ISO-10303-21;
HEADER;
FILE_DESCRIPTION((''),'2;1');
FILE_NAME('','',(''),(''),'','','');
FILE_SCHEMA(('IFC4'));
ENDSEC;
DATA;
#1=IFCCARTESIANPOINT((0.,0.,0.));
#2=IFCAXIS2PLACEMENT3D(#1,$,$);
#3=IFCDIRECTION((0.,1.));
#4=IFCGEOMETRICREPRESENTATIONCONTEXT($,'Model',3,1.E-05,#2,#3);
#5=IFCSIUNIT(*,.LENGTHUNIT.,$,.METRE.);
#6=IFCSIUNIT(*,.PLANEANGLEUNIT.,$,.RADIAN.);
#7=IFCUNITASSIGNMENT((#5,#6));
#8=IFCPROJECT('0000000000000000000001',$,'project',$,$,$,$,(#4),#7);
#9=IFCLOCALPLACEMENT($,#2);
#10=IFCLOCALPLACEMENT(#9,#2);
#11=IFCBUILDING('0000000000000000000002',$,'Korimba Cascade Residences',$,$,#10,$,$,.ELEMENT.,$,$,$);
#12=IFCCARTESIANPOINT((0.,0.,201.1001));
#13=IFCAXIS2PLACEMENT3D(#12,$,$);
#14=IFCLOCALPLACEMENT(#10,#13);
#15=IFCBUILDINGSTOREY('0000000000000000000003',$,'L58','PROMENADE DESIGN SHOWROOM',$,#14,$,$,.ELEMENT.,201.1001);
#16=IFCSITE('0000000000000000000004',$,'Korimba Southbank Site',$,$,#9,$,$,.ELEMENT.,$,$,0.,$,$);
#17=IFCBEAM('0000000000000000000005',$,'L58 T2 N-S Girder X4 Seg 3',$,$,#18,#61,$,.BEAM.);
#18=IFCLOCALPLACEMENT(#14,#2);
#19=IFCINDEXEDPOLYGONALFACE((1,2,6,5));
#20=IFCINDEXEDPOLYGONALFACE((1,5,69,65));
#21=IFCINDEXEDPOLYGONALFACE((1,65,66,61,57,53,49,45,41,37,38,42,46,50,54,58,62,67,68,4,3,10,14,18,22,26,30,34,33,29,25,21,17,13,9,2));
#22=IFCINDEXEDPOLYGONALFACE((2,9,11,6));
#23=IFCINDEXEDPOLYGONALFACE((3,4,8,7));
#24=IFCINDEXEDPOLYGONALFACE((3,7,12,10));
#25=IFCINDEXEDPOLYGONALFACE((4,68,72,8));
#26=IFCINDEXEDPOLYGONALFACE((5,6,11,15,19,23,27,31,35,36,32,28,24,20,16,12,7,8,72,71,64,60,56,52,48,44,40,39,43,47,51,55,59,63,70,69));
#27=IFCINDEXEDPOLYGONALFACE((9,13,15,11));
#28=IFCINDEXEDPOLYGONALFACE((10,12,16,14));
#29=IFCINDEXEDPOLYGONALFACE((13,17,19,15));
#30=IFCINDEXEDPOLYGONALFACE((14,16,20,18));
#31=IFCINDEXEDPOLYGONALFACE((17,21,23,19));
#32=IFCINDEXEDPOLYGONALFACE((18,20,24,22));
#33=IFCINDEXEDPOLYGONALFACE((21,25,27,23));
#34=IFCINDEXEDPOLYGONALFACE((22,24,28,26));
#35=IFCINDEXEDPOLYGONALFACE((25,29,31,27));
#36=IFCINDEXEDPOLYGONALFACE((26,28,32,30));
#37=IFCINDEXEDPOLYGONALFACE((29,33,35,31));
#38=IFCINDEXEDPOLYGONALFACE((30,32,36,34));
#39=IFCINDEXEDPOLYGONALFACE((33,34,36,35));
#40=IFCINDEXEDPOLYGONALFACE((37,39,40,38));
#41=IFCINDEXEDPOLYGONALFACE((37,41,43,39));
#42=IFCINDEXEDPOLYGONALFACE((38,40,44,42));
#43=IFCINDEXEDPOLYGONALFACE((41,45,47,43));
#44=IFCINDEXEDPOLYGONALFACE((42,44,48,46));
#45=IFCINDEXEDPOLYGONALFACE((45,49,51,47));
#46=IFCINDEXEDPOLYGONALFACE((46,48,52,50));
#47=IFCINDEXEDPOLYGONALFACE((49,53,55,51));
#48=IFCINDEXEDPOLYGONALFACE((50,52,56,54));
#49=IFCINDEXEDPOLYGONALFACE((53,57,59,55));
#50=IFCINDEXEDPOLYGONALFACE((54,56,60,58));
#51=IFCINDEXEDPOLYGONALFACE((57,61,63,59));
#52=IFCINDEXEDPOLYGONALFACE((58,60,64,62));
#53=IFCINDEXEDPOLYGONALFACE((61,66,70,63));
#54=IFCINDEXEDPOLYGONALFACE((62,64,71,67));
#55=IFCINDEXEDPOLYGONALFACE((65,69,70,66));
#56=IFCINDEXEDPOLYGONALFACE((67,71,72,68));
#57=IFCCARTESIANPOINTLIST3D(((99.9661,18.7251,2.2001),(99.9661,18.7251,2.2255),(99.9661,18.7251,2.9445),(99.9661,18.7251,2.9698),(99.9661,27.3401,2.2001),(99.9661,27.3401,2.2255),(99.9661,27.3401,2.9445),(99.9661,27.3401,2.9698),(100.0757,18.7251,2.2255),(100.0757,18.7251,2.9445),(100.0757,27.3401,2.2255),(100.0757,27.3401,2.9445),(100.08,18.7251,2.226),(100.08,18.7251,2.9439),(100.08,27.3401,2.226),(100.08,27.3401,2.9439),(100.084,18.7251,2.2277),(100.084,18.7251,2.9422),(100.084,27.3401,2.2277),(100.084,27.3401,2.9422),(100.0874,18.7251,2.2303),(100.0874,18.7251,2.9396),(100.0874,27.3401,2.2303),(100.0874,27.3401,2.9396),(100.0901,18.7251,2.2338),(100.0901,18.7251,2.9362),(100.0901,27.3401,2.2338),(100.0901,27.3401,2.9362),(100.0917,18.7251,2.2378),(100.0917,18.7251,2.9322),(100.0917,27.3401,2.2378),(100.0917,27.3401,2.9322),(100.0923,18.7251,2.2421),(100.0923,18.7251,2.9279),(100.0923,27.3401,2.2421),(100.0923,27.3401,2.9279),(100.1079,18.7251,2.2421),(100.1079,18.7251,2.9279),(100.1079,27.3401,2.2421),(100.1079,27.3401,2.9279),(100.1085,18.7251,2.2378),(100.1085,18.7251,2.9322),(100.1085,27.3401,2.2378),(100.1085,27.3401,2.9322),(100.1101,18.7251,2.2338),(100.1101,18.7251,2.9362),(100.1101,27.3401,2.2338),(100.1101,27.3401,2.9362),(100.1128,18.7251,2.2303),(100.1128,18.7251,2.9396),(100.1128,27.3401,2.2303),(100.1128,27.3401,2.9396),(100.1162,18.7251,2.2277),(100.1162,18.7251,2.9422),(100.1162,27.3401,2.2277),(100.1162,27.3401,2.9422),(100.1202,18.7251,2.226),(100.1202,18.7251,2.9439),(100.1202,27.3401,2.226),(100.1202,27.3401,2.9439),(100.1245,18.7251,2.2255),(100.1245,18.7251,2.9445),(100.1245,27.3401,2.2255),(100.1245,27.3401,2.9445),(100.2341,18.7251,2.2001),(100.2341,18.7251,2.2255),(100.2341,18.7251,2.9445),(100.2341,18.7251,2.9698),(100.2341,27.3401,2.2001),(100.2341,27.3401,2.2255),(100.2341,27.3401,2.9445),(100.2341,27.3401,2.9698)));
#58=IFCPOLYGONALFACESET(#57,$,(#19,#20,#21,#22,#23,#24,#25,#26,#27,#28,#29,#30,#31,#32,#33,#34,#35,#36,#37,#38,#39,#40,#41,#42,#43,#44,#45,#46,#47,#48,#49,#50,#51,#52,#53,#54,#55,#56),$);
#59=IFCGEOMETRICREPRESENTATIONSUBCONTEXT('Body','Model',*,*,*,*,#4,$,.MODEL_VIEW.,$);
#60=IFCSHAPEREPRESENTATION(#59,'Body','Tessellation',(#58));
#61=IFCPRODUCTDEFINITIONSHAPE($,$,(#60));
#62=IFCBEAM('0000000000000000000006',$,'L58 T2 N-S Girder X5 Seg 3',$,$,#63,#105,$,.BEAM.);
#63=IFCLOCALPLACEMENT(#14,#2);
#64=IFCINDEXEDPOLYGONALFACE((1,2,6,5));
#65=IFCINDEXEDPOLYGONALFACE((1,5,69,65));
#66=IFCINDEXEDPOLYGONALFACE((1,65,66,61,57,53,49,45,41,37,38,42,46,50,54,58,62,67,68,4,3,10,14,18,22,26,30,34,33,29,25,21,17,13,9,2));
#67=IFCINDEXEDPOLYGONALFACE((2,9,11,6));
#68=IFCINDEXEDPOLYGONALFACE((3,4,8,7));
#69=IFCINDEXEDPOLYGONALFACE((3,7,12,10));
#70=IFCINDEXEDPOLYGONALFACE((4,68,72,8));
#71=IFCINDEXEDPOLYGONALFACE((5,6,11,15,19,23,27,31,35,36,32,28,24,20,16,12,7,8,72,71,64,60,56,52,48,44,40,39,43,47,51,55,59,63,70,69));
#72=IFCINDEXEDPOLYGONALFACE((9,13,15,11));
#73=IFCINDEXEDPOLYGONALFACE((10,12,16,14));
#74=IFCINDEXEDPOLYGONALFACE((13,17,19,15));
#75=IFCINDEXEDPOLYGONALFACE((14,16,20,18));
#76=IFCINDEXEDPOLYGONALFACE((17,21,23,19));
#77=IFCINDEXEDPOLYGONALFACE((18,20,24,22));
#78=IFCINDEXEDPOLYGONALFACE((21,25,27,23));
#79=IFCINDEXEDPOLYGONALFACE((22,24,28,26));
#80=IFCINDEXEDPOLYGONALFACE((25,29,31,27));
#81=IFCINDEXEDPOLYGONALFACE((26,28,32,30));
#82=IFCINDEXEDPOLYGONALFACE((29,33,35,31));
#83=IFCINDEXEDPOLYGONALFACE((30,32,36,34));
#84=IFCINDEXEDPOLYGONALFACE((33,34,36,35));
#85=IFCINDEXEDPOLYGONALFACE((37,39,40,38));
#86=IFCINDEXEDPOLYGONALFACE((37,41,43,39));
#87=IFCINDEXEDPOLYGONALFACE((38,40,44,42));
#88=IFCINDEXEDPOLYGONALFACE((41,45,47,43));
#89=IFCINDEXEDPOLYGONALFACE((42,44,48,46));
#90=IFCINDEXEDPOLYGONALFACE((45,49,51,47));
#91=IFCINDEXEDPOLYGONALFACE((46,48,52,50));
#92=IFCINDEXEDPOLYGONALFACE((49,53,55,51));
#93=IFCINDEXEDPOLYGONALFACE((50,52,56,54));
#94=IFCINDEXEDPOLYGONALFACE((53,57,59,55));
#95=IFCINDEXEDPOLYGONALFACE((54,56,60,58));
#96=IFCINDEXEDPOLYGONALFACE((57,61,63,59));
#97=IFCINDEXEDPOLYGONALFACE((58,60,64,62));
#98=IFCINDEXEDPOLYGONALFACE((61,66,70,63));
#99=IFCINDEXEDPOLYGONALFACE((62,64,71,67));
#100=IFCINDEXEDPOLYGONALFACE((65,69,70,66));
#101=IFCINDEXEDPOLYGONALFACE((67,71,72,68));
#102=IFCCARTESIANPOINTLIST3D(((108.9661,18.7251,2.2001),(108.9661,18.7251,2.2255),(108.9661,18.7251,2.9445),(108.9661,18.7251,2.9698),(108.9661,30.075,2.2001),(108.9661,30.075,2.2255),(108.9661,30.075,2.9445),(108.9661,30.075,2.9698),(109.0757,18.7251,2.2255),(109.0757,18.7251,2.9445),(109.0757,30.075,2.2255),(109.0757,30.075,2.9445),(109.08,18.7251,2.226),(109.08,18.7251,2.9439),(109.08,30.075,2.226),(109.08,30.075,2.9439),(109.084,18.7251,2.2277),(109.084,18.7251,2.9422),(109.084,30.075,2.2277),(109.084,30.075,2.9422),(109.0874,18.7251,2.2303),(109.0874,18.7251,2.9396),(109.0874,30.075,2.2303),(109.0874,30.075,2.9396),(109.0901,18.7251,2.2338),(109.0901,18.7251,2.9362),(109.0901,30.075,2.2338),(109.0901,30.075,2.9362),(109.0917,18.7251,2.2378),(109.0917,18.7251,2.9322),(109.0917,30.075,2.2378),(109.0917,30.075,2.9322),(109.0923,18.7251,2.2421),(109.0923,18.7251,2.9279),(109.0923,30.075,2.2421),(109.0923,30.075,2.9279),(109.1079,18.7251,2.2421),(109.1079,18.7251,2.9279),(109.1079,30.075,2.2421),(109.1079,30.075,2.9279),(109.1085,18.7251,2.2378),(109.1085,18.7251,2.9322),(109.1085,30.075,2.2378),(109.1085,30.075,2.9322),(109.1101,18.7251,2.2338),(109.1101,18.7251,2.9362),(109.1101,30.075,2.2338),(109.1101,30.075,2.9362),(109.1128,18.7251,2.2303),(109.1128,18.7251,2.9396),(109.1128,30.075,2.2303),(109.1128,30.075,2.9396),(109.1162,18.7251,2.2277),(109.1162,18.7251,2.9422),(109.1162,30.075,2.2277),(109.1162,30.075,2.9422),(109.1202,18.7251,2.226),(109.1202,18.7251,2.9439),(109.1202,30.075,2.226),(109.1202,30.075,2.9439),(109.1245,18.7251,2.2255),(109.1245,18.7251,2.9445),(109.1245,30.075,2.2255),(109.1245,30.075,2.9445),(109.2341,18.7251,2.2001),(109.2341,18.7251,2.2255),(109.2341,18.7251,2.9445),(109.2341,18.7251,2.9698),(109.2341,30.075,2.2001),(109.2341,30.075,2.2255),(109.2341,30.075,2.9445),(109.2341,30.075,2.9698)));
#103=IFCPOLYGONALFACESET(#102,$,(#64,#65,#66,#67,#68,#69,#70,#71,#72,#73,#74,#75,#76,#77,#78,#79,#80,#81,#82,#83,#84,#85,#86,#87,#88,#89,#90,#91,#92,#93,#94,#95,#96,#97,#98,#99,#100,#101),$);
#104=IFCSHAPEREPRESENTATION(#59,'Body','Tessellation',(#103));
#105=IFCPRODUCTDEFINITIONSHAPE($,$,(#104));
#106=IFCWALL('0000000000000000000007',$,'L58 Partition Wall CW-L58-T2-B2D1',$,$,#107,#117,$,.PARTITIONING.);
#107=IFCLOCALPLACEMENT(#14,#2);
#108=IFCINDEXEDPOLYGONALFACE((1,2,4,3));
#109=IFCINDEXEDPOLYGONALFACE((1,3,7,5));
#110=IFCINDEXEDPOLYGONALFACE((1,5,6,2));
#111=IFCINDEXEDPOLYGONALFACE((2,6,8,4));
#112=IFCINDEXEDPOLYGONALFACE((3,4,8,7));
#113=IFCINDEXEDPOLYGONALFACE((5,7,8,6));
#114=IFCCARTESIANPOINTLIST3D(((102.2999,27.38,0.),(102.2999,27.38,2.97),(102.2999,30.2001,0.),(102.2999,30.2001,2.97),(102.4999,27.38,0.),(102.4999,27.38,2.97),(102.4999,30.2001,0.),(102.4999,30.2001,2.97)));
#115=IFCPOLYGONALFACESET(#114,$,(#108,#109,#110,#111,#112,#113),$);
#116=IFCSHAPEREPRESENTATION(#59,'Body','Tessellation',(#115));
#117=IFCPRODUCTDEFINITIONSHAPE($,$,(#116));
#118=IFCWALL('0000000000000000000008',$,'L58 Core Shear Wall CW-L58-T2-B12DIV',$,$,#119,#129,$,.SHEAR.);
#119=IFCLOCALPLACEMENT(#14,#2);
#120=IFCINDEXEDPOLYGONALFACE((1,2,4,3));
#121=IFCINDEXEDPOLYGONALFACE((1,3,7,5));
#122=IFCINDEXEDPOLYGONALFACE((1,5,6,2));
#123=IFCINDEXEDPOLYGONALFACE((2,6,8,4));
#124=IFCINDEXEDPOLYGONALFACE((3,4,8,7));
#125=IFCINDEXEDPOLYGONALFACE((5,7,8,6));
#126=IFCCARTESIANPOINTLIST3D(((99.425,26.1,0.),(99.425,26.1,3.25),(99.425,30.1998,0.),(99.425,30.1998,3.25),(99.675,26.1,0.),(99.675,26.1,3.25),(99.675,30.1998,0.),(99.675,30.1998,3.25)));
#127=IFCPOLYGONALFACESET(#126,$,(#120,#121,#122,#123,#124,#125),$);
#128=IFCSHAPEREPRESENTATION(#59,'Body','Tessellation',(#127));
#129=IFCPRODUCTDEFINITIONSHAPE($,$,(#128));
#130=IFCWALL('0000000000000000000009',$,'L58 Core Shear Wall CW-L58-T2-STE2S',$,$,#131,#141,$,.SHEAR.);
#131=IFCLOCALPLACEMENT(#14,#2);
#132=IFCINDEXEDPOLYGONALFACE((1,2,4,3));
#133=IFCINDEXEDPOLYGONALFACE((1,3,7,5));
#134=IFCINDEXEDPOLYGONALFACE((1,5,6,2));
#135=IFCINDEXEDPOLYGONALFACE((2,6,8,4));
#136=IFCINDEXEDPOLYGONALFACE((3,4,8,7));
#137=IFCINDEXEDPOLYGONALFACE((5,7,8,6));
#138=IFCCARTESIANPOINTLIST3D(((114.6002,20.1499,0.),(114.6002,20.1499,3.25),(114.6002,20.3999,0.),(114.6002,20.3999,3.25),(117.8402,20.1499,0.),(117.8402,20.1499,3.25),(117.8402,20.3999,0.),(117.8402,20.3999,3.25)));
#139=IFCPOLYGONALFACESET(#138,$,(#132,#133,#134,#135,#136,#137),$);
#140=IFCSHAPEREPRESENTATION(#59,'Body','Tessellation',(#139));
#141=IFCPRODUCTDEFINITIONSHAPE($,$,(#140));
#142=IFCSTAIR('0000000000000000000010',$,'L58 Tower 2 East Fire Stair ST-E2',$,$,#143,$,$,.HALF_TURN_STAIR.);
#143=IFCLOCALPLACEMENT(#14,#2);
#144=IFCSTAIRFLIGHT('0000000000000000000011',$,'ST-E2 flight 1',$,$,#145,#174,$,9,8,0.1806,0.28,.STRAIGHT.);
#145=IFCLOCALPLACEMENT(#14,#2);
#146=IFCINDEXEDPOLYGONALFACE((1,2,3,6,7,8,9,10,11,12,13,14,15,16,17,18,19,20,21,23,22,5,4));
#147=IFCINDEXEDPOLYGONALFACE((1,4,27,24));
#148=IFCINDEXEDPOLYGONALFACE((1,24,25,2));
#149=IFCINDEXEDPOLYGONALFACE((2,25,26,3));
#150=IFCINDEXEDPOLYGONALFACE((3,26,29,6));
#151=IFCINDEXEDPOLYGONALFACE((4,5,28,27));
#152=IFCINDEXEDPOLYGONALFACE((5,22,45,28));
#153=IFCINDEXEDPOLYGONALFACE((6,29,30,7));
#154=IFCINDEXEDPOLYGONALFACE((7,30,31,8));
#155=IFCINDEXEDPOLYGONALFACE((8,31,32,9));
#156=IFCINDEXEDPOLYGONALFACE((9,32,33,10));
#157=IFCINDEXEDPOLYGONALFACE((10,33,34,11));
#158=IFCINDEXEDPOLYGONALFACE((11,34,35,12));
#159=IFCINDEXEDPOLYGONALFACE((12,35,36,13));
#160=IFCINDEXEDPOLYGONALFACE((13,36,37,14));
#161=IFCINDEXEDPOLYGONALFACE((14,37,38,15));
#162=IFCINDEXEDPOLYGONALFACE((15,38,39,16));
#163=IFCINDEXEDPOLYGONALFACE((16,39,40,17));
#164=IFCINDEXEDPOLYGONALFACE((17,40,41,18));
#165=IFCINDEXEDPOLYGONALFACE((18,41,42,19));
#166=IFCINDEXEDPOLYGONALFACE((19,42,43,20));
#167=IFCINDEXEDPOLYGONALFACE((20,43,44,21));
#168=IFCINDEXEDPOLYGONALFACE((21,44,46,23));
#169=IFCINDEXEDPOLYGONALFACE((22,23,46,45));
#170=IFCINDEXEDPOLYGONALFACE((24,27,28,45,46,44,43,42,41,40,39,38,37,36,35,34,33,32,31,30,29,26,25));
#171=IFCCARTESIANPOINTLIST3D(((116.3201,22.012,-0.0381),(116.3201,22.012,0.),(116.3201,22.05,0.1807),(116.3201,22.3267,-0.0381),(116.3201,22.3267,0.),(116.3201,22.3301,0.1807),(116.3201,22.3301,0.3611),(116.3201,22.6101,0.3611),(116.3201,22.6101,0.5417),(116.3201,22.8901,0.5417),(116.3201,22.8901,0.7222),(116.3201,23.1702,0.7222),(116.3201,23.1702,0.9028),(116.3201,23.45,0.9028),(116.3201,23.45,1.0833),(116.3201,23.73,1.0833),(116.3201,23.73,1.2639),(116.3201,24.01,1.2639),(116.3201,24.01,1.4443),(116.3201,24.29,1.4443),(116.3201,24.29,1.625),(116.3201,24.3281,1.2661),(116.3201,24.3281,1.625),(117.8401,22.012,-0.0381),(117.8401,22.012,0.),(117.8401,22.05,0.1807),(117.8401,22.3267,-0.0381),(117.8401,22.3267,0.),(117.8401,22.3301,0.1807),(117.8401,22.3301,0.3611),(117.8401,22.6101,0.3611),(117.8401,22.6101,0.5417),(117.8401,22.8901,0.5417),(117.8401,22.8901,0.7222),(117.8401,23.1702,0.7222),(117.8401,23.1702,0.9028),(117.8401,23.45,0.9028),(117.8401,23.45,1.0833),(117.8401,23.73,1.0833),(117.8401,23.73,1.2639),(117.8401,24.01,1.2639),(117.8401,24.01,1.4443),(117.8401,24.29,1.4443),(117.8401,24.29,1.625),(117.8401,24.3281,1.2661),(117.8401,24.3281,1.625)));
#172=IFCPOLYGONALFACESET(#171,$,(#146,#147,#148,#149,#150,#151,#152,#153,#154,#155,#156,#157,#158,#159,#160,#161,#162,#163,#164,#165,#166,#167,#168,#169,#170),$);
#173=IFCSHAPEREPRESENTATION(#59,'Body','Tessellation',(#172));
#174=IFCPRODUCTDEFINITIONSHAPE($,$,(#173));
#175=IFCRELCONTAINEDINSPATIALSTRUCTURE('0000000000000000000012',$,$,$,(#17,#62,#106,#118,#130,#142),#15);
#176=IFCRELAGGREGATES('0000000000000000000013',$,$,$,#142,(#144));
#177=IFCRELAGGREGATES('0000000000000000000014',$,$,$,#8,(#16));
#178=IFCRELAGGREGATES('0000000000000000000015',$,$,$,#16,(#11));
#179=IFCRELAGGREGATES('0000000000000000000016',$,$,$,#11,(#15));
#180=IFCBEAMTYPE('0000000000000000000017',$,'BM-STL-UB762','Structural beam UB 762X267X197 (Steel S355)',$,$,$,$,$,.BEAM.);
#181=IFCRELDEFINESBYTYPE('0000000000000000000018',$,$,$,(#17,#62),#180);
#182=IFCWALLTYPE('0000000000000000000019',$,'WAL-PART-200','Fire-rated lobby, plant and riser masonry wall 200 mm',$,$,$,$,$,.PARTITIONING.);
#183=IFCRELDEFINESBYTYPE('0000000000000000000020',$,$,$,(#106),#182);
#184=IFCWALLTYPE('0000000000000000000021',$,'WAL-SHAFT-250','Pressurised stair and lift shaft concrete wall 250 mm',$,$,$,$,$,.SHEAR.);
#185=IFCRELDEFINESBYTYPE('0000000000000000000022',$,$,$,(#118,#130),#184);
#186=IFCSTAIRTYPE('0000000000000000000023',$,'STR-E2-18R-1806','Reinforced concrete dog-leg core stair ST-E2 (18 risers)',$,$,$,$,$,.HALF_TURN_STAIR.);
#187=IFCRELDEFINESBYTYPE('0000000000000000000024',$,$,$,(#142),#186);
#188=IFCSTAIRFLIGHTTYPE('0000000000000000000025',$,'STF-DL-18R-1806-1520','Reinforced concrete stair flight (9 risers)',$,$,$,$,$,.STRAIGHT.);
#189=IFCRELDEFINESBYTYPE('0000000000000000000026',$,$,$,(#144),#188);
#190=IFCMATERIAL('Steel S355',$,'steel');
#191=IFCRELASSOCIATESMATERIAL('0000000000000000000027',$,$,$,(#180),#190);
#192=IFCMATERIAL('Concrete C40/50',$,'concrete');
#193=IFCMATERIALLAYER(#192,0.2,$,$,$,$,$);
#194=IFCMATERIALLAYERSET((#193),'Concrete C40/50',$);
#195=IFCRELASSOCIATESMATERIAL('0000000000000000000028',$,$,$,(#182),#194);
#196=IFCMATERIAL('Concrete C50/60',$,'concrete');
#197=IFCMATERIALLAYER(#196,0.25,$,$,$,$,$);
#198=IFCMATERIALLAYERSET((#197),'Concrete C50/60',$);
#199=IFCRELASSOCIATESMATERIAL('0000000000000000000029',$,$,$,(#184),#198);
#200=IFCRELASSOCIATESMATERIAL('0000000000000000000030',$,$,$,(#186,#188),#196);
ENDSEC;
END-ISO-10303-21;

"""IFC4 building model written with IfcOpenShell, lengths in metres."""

from ifc_helpers import new_model, si_unit, direction, frame, frame_2d, origin, origin_2d, place, context, subcontext, project, spatial, polyline, rectangle, i_section, outline, extrude, material, layer, layer_set, material_profile, profile_set, type_object, element, aggregate, save


model = new_model("IFC4")

# Units and contexts
model_context = context("Model", 3, precision=1e-05, world=origin(), true_north=direction((0.0, 1.0)))
body_context = subcontext(model_context, "Body", "Model", "MODEL_VIEW")
ifc_project = project(units=[si_unit("LENGTHUNIT", "METRE"), si_unit("PLANEANGLEUNIT", "RADIAN")], contexts=[model_context])

# Site, building, storey
site_placement = place(None, origin())
site = spatial("IfcSite", under=ifc_project, at=site_placement, Name="Korimba Southbank Site", CompositionType="ELEMENT", RefElevation=0.0)
building_placement = place(site_placement, origin())
building = spatial("IfcBuilding", under=site, at=building_placement, Name="Korimba Cascade Residences", CompositionType="ELEMENT")
storey_placement = place(building_placement, frame((0.0, 0.0, 201.1001)))
storey = spatial("IfcBuildingStorey", under=building, at=storey_placement, Name="L58", Description="PROMENADE DESIGN SHOWROOM", CompositionType="ELEMENT", Elevation=201.1001)

# Beams
ifc_material_1 = material(Name="Steel S355", Category="steel")
ifc_material_profile = material_profile(ifc_material_1, i_section(OverallWidth=0.2681, OverallDepth=0.7698, WebThickness=0.0156, FlangeThickness=0.0254, FilletRadius=0.0166, at=origin_2d()), Name="Steel S355")
ifc_profile_set = profile_set([ifc_material_profile], Name="Steel S355")
beam_type = type_object("IfcBeamType", Name="BM-STL-UB762", Description="Structural beam UB 762X267X197 (Steel S355)", PredefinedType="BEAM", material=ifc_profile_set)
beam_1_placement = place(storey_placement, frame((100.1001, 18.7251, 2.585), z_axis=(0.0, 1.0, 0.0), x_axis=(-1.0, 0.0, 0.0)))
element("IfcBeam", 1, at=beam_1_placement, inside=storey, type_object=beam_type, Name="L58 T2 N-S Girder X4 Seg 3", PredefinedType="BEAM", context=body_context, shape_type="SweptSolid", body=[
    extrude(i_section(OverallWidth=0.2681, OverallDepth=0.7698, WebThickness=0.0156, FlangeThickness=0.0254, FilletRadius=0.0166, at=origin_2d()), origin(), (0.0, 0.0, 1.0), 8.615),
])
beam_2_placement = place(storey_placement, frame((109.1001, 18.7251, 2.585), z_axis=(0.0, 1.0, 0.0), x_axis=(-1.0, 0.0, 0.0)))
element("IfcBeam", 2, at=beam_2_placement, inside=storey, type_object=beam_type, Name="L58 T2 N-S Girder X5 Seg 3", PredefinedType="BEAM", context=body_context, shape_type="SweptSolid", body=[
    extrude(i_section(OverallWidth=0.2681, OverallDepth=0.7698, WebThickness=0.0156, FlangeThickness=0.0254, FilletRadius=0.0166, at=origin_2d()), origin(), (0.0, 0.0, 1.0), 11.3499),
])

# Walls
ifc_material_2 = material(Name="Concrete C40/50", Category="concrete")
ifc_layer_1 = layer(ifc_material_2, 0.2)
ifc_layer_set_1 = layer_set([ifc_layer_1], Name="Concrete C40/50")
wall_type_1 = type_object("IfcWallType", Name="WAL-PART-200", Description="Fire-rated lobby, plant and riser masonry wall 200 mm", PredefinedType="PARTITIONING", material=ifc_layer_set_1)
wall_1_placement = place(storey_placement, frame((102.3999, 27.3799, 0.0), z_axis=(0.0, 0.0, 1.0), x_axis=(0.0, 1.0, 0.0)))
element("IfcWall", 3, at=wall_1_placement, inside=storey, type_object=wall_type_1, Name="L58 Partition Wall CW-L58-T2-B2D1", PredefinedType="PARTITIONING", context=body_context, shape_type="SweptSolid", body=[
    extrude(rectangle(XDim=2.8201, YDim=0.2, at=frame_2d((1.4102, 0.0))), origin(), (0.0, 0.0, 1.0), 2.97),
])
ifc_material_3 = material(Name="Concrete C50/60", Category="concrete")
ifc_layer_2 = layer(ifc_material_3, 0.25)
ifc_layer_set_2 = layer_set([ifc_layer_2], Name="Concrete C50/60")
wall_type_2 = type_object("IfcWallType", Name="WAL-SHAFT-250", Description="Pressurised stair and lift shaft concrete wall 250 mm", PredefinedType="SHEAR", material=ifc_layer_set_2)
wall_2_placement = place(storey_placement, frame((99.55, 26.1001, 0.0), z_axis=(0.0, 0.0, 1.0), x_axis=(0.0, 1.0, 0.0)))
element("IfcWall", 4, at=wall_2_placement, inside=storey, type_object=wall_type_2, Name="L58 Core Shear Wall CW-L58-T2-B12DIV", PredefinedType="SHEAR", context=body_context, shape_type="SweptSolid", body=[
    extrude(rectangle(XDim=4.0999, YDim=0.25, at=frame_2d((2.0498, 0.0))), origin(), (0.0, 0.0, 1.0), 3.25),
])

# Wall
wall_3_placement = place(storey_placement, frame((114.6001, 20.2749, 0.0), z_axis=(0.0, 0.0, 1.0), x_axis=(1.0, 0.0, 0.0)))
element("IfcWall", 5, at=wall_3_placement, inside=storey, type_object=wall_type_2, Name="L58 Core Shear Wall CW-L58-T2-STE2S", PredefinedType="SHEAR", context=body_context, shape_type="SweptSolid", body=[
    extrude(rectangle(XDim=3.24, YDim=0.25, at=frame_2d((1.6201, 0.0))), origin(), (0.0, 0.0, 1.0), 3.25),
])

# Stair, stair flight
stair_type = type_object("IfcStairType", Name="STR-E2-18R-1806", Description="Reinforced concrete dog-leg core stair ST-E2 (18 risers)", PredefinedType="HALF_TURN_STAIR", material=ifc_material_3)
stair_placement = place(storey_placement, origin())
stair = element("IfcStair", 6, at=stair_placement, inside=storey, type_object=stair_type, Name="L58 Tower 2 East Fire Stair ST-E2", PredefinedType="HALF_TURN_STAIR")
stair_flight_type = type_object("IfcStairFlightType", Name="STF-DL-18R-1806-1520", Description="Reinforced concrete stair flight (9 risers)", PredefinedType="STRAIGHT", material=ifc_material_3)
stair_flight_1_placement = place(storey_placement, frame((117.0801, 22.05, 0.0), z_axis=(0.0, 0.0, 1.0), x_axis=(0.0, 1.0, 0.0)))
stair_flight_1 = element("IfcStairFlight", 7, at=stair_flight_1_placement, type_object=stair_flight_type, Name="ST-E2 flight 1", NumberOfRisers=9, NumberOfTreads=8, PredefinedType="STRAIGHT", RiserHeight=0.1806, TreadLength=0.28, context=body_context, shape_type="SweptSolid", body=[
    extrude(outline(polyline([(-0.0381, 0.0), (0.0, 0.1807), (0.28, 0.1807), (0.28, 0.3611), (0.5601, 0.3611), (0.5601, 0.5417), (0.8401, 0.5417), (0.8401, 0.7222), (1.1201, 0.7222), (1.1201, 0.9028), (1.3999, 0.9028), (1.3999, 1.0833), (1.6799, 1.0833), (1.6799, 1.2639), (1.96, 1.2639), (1.96, 1.4443), (2.24, 1.4443), (2.24, 1.625), (2.2781, 1.625), (2.2781, 1.2661), (0.2766, 0.0), (0.2766, -0.0381), (-0.0381, -0.0381), (-0.0381, 0.0)])), frame((0.0, 0.76, 0.0), z_axis=(0.0, -1.0, 0.0), x_axis=(1.0, 0.0, 0.0)), (0.0, 0.0, 1.0), 1.52),
])
aggregate(stair, [stair_flight_1])

save(model, "model.ifc")
